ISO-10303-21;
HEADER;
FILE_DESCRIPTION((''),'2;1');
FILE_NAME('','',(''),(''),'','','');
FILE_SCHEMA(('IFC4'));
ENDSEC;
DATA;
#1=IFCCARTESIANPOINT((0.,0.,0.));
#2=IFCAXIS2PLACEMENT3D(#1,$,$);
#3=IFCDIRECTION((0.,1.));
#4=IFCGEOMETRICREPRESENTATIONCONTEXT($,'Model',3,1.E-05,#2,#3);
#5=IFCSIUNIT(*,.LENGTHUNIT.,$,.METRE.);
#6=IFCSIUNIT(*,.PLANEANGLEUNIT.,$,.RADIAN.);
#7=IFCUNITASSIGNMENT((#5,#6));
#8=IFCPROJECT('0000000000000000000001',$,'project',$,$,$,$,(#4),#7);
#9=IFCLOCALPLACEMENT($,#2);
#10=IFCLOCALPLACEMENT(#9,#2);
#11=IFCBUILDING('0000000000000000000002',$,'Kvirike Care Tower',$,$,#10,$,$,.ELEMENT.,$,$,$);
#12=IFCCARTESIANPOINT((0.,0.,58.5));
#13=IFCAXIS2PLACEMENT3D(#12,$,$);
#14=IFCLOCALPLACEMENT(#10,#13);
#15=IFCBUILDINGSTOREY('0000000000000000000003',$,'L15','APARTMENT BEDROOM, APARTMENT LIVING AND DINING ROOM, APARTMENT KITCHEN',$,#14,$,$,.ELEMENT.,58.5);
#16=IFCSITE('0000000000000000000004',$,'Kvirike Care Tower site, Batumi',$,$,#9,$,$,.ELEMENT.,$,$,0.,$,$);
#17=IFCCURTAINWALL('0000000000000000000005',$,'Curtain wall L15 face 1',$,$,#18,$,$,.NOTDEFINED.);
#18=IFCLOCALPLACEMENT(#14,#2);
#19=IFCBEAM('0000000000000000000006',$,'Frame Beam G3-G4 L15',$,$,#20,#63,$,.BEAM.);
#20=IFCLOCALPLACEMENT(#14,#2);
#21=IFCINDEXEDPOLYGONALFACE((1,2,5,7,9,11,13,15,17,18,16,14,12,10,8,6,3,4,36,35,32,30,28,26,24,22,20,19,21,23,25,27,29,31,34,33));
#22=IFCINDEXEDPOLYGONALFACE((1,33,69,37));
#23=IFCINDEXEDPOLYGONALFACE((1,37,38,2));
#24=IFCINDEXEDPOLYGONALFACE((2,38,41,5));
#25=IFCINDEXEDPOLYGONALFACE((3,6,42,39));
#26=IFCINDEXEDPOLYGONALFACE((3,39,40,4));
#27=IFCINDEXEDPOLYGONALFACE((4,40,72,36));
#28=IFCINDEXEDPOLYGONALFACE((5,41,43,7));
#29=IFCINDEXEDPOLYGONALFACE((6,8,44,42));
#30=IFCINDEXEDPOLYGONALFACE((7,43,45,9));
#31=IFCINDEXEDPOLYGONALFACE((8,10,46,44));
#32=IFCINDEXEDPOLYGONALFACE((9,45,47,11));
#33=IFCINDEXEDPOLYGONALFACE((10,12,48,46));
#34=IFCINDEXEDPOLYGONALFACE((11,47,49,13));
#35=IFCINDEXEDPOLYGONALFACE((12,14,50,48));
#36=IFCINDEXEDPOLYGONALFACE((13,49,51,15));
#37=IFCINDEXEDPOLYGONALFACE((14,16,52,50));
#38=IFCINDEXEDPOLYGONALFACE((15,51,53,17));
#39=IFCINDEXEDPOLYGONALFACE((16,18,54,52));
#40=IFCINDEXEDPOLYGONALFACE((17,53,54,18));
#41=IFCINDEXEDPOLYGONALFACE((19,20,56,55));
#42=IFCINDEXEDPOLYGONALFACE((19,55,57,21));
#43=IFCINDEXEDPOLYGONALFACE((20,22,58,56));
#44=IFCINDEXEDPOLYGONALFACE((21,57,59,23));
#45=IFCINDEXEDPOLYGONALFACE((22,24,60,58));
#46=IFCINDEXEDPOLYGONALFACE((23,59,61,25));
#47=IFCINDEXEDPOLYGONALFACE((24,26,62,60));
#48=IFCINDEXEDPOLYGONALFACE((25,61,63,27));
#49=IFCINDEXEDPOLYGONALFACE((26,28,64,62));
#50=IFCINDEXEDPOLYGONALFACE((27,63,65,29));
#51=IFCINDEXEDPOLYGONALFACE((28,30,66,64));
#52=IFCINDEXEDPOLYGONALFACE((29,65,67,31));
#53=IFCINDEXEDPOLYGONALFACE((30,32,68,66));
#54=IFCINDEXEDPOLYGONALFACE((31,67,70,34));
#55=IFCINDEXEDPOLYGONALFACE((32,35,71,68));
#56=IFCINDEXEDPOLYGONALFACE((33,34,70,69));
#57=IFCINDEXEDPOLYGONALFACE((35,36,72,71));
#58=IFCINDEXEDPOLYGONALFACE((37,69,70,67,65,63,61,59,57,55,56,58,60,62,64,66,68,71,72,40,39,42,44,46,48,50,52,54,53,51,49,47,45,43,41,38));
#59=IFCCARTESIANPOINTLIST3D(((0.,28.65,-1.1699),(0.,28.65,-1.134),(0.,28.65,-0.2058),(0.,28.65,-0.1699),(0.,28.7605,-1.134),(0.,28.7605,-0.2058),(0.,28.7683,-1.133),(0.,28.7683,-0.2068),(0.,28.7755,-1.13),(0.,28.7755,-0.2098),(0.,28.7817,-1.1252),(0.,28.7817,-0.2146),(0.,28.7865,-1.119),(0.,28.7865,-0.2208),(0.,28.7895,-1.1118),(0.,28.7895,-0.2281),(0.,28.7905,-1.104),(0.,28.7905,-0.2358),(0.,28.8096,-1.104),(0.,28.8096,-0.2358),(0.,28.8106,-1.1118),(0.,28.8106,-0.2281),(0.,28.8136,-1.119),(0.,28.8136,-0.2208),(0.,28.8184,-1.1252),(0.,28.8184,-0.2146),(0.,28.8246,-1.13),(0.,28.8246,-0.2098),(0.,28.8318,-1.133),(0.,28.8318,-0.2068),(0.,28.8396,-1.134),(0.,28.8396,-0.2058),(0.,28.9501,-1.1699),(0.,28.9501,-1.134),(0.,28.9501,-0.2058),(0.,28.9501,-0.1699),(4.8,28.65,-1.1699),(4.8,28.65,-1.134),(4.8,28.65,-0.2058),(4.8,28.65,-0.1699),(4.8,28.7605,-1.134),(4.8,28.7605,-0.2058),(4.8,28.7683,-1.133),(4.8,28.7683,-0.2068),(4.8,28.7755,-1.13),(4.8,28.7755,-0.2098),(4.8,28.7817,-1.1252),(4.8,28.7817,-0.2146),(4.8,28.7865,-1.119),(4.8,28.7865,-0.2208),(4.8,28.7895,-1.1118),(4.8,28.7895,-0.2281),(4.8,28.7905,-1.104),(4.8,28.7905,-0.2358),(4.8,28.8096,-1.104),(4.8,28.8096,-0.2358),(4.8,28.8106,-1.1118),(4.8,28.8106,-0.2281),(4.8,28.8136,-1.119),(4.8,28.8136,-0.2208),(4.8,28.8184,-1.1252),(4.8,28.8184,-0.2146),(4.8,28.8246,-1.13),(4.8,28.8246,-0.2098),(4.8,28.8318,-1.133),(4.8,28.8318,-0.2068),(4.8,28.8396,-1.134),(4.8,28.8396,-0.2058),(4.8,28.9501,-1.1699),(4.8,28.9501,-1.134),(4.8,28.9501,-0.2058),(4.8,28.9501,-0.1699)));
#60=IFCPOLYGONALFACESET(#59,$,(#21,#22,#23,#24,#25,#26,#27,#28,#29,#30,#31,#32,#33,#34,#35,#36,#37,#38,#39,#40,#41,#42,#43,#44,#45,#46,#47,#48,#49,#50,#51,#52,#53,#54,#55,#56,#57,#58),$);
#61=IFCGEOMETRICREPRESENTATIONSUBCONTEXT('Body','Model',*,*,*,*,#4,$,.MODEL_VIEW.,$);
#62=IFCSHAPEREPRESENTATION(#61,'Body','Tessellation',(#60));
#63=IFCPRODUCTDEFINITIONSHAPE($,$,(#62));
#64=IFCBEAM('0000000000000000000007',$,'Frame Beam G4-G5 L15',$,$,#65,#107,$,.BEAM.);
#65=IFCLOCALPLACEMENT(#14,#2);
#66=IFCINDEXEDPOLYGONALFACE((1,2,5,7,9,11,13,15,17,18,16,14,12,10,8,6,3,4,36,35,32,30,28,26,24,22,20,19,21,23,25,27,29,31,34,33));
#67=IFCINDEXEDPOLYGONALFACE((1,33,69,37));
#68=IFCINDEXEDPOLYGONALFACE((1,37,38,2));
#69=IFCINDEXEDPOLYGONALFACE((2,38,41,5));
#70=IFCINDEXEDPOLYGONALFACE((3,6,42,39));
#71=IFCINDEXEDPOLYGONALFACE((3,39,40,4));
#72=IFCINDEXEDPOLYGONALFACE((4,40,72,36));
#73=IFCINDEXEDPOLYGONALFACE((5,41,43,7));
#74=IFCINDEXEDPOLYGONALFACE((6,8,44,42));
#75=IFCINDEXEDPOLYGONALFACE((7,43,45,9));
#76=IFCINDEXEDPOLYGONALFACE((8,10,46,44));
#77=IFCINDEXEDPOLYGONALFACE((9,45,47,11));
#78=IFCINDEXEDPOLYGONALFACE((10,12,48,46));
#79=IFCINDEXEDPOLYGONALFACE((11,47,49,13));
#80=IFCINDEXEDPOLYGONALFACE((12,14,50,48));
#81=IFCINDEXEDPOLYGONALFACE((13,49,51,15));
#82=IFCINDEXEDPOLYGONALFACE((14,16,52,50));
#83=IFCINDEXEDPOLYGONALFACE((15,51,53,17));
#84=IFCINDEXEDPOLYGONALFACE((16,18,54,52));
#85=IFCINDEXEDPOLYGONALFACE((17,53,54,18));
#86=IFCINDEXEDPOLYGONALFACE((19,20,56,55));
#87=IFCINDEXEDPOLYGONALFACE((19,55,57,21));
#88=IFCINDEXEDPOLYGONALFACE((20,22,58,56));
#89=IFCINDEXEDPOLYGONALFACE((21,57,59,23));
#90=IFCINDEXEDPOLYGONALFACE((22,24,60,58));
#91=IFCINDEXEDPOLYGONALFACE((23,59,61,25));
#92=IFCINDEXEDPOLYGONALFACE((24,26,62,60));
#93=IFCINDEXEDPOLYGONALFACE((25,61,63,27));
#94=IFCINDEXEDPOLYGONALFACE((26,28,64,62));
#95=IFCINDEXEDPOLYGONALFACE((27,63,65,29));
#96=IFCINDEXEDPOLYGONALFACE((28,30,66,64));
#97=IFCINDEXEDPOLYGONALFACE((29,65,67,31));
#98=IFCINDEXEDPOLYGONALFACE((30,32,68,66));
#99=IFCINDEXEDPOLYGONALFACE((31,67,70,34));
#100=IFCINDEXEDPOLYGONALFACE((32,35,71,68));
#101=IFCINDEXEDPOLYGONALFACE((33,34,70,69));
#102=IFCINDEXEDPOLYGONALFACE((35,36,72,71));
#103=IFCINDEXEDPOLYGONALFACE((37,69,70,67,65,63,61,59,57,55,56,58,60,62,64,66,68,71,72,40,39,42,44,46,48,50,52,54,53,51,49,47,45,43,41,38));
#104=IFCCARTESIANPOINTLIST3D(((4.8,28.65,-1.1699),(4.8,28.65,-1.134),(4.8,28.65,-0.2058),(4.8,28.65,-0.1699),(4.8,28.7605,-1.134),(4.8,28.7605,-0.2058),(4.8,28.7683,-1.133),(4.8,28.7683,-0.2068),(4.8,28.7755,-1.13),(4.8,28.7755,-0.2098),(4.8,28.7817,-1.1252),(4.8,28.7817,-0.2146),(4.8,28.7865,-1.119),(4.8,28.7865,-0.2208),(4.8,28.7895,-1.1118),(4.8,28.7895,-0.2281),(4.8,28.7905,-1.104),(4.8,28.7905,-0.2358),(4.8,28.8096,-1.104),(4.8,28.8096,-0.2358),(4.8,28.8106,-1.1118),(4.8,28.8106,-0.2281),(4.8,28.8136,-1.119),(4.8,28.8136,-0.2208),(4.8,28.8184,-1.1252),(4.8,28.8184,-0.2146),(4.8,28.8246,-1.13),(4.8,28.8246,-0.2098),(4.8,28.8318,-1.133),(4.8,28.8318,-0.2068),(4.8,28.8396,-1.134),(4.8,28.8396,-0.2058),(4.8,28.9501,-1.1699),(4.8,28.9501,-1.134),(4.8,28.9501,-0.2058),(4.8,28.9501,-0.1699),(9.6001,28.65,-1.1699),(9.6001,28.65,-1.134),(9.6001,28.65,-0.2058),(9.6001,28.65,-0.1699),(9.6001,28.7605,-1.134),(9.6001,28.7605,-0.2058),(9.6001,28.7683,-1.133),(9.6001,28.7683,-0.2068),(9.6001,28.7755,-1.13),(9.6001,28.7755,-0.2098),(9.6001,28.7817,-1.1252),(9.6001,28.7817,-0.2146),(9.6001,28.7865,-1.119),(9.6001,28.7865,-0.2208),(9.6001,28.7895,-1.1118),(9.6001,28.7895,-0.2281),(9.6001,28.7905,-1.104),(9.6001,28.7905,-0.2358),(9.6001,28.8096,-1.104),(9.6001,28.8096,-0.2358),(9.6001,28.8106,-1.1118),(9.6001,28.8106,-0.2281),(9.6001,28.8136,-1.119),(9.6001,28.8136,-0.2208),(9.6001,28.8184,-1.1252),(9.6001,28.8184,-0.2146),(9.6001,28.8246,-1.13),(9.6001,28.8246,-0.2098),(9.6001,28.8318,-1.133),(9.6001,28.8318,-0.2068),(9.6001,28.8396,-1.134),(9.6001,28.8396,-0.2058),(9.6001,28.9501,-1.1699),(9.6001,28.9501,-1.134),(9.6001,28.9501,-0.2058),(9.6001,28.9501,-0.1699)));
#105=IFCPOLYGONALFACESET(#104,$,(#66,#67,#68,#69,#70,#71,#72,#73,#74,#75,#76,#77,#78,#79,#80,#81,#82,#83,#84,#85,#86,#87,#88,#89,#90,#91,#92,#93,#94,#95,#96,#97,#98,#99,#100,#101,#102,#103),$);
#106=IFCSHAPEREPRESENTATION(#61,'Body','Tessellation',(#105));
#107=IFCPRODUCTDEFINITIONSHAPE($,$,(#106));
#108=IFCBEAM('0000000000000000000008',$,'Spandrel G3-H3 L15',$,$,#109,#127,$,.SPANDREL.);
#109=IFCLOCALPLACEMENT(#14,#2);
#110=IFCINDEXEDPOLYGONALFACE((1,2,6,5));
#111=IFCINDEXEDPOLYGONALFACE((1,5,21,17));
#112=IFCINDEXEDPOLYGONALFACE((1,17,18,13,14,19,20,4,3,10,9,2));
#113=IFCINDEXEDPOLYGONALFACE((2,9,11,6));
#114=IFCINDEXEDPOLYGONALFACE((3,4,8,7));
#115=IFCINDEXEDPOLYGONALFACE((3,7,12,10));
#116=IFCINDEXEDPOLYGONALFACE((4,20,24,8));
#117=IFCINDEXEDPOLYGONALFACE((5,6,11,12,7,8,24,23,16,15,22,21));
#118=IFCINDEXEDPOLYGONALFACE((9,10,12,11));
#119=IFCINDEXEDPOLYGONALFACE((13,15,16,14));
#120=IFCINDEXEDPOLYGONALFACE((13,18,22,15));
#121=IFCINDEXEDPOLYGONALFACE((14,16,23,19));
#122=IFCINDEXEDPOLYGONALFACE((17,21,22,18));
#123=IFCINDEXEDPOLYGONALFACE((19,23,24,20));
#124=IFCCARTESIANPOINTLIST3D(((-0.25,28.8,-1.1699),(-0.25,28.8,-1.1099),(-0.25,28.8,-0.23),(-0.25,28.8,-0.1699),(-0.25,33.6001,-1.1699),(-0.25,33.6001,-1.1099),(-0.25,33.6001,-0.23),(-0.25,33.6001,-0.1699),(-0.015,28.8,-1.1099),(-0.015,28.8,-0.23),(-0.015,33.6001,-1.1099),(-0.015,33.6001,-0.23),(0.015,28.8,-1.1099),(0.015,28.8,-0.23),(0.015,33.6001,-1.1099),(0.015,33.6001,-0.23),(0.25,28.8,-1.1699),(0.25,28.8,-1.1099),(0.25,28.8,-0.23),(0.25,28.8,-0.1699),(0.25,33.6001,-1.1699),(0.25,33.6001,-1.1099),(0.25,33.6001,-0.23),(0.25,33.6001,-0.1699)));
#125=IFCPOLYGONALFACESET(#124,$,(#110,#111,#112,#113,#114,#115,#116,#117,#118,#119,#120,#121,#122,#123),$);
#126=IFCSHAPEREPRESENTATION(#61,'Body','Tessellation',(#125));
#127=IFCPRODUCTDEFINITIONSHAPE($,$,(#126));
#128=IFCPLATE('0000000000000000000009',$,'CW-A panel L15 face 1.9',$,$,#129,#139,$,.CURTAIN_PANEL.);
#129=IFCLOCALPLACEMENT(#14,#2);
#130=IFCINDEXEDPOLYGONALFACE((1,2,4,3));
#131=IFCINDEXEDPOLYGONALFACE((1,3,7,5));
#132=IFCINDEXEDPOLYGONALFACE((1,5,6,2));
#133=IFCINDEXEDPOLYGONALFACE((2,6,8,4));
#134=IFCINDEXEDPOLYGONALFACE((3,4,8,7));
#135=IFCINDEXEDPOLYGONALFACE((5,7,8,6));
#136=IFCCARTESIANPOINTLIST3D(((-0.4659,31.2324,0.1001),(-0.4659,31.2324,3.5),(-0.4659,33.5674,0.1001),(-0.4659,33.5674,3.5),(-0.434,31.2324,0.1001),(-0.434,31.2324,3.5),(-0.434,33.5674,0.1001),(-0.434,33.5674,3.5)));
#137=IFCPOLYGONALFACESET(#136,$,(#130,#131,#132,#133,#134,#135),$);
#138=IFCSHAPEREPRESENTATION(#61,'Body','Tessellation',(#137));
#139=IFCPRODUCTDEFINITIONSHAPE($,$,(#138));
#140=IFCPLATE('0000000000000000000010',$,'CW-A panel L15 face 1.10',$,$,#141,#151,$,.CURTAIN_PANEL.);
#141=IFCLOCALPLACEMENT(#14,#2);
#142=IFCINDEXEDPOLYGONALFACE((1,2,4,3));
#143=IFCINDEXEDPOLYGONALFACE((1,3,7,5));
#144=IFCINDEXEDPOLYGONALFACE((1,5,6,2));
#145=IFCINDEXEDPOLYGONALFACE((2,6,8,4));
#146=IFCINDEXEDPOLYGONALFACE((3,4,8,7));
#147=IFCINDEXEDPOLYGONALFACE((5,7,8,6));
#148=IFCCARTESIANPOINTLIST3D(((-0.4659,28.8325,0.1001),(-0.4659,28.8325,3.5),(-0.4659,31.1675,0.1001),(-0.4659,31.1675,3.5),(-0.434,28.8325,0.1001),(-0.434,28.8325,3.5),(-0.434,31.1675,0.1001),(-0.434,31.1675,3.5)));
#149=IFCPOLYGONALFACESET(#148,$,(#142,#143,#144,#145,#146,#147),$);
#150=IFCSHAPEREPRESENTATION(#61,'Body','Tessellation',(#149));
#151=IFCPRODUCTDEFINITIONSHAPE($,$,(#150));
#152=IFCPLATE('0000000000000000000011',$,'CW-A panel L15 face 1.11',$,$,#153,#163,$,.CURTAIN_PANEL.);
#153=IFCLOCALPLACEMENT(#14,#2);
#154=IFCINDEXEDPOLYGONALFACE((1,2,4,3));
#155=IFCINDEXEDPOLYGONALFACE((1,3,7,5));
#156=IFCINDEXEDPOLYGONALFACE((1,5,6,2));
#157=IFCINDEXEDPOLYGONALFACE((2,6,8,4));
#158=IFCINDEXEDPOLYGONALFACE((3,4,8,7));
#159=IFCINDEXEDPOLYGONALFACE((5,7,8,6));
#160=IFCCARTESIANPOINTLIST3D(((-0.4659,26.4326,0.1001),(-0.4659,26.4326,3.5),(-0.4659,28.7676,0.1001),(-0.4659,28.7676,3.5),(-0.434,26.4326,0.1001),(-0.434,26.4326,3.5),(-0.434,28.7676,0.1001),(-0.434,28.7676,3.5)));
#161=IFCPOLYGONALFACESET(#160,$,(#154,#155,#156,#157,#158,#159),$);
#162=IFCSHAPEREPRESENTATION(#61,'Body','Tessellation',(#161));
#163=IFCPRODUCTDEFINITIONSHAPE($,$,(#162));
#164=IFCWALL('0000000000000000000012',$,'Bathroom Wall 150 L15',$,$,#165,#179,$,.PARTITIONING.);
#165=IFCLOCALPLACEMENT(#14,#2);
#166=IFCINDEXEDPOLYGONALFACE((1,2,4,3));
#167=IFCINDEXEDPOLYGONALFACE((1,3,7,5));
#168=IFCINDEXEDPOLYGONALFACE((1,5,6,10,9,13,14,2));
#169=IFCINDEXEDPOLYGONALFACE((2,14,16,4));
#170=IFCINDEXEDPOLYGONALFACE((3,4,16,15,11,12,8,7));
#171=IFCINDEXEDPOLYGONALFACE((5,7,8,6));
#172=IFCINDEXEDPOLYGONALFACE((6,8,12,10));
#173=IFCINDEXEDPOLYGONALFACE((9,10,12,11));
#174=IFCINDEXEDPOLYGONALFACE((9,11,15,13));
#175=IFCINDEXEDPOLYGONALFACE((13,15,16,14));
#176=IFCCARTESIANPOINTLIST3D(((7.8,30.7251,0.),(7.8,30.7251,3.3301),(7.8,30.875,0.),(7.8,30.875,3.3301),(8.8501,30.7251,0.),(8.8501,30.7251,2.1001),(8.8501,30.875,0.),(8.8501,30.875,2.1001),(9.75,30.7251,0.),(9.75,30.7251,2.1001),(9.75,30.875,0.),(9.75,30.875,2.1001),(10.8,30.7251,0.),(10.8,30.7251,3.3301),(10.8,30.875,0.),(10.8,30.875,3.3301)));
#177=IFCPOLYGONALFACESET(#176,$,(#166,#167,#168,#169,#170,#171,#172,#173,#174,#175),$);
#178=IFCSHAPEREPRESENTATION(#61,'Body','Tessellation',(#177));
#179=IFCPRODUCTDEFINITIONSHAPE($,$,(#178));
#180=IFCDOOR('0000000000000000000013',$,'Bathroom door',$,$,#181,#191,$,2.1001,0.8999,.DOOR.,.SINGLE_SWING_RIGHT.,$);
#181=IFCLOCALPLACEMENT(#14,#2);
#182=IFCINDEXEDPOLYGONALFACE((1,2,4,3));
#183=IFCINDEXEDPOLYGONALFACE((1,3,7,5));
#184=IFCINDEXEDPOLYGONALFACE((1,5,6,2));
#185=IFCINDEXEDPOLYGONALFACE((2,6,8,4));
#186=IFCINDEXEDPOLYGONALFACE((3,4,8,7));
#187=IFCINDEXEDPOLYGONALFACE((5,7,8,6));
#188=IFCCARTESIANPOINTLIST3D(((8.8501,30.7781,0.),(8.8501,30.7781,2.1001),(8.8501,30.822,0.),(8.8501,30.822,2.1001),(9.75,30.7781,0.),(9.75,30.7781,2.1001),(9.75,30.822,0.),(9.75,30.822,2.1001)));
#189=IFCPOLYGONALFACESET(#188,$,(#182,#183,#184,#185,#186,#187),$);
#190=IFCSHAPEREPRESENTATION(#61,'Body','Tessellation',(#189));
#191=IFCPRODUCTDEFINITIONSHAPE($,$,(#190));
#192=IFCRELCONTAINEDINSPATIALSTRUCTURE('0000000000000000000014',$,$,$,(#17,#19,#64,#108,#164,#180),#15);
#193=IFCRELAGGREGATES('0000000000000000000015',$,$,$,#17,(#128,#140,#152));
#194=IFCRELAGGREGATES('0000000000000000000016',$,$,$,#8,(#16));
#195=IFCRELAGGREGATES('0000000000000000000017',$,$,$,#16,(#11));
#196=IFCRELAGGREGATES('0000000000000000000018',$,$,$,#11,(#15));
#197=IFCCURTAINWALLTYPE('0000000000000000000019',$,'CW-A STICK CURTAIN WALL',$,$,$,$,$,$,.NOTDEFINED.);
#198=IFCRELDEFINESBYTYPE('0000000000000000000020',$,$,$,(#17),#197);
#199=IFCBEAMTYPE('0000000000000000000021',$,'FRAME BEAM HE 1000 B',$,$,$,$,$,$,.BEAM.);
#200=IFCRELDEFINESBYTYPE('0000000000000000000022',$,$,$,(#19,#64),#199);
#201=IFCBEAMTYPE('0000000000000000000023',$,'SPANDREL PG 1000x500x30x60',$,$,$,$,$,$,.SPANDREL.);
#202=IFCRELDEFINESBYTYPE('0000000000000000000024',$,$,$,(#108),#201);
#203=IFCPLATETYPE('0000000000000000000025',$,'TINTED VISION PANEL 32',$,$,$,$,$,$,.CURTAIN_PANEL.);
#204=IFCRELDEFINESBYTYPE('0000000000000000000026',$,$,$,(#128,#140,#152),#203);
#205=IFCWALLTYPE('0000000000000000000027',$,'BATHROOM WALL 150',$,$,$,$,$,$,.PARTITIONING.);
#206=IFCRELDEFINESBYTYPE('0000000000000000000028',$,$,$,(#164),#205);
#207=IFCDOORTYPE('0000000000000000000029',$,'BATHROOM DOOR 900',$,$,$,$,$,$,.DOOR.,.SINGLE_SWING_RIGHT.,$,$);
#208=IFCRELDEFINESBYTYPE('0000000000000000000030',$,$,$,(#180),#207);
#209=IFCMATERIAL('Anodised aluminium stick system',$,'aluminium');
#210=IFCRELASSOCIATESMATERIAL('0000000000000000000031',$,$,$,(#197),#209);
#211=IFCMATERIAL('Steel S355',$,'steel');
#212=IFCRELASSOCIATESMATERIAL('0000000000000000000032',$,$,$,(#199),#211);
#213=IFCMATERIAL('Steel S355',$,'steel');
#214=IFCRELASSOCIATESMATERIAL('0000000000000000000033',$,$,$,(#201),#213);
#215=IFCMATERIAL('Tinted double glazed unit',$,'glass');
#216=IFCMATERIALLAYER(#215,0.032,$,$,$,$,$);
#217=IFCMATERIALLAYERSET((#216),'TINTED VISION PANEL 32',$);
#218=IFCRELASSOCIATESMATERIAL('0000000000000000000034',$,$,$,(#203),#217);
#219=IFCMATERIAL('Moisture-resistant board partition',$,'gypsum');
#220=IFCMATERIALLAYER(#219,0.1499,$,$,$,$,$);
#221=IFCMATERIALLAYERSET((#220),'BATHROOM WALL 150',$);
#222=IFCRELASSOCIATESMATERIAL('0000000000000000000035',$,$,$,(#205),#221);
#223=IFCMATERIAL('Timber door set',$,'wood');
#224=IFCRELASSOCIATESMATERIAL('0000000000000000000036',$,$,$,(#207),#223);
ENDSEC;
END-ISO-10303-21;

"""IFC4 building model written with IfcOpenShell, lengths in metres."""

from ifc_helpers import new_model, si_unit, direction, frame, frame_2d, origin, origin_2d, place, context, subcontext, project, spatial, rectangle, i_section, extrude, material, layer, layer_set, material_profile, profile_set, type_object, element, fill, aggregate, save


model = new_model("IFC4")

# Units and contexts
model_context = context("Model", 3, precision=1e-05, world=origin(), true_north=direction((0.0, 1.0)))
body_context = subcontext(model_context, "Body", "Model", "MODEL_VIEW")
ifc_project = project(units=[si_unit("LENGTHUNIT", "METRE"), si_unit("PLANEANGLEUNIT", "RADIAN")], contexts=[model_context])

# Site, building, storey
site_placement = place(None, origin())
site = spatial("IfcSite", under=ifc_project, at=site_placement, Name="Kvirike Care Tower site, Batumi", CompositionType="ELEMENT", RefElevation=0.0)
building_placement = place(site_placement, origin())
building = spatial("IfcBuilding", under=site, at=building_placement, Name="Kvirike Care Tower", CompositionType="ELEMENT")
storey_placement = place(building_placement, frame((0.0, 0.0, 58.5)))
storey = spatial("IfcBuildingStorey", under=building, at=storey_placement, Name="L15", Description="APARTMENT BEDROOM, APARTMENT LIVING AND DINING ROOM, APARTMENT KITCHEN", CompositionType="ELEMENT", Elevation=58.5)

# Curtain wall
ifc_material_1 = material(Name="Anodised aluminium stick system", Category="aluminium")
curtain_wall_type = type_object("IfcCurtainWallType", Name="CW-A STICK CURTAIN WALL", PredefinedType="NOTDEFINED", material=ifc_material_1)
curtain_wall_placement = place(storey_placement, origin())
curtain_wall = element("IfcCurtainWall", 1, at=curtain_wall_placement, inside=storey, type_object=curtain_wall_type, Name="Curtain wall L15 face 1", PredefinedType="NOTDEFINED")

# Beams
ifc_material_2 = material(Name="Steel S355", Category="steel")
ifc_material_profile_1 = material_profile(ifc_material_2, i_section(OverallWidth=0.3, OverallDepth=1.0, WebThickness=0.019, FlangeThickness=0.0359, FilletRadius=0.03, at=origin_2d()), Name="HE 1000 B")
ifc_profile_set_1 = profile_set([ifc_material_profile_1], Name="Steel S355")
beam_type_1 = type_object("IfcBeamType", Name="FRAME BEAM HE 1000 B", PredefinedType="BEAM", material=ifc_profile_set_1)
for number, where, z_axis, x_axis, name in (
    (2, (0.0, 28.8, -0.6699), (1.0, 0.0, 0.0), (0.0, 1.0, 0.0), "Frame Beam G3-G4 L15"),
    (3, (4.8, 28.8, -0.6699), (1.0, 0.0, 0.0), (0.0, 1.0, 0.0), "Frame Beam G4-G5 L15"),
):
    element("IfcBeam", number, at=place(storey_placement, frame(where, z_axis=z_axis, x_axis=x_axis)), inside=storey, type_object=beam_type_1, Name=name, PredefinedType="BEAM", context=body_context, shape_type="SweptSolid", body=[
        extrude(i_section(OverallWidth=0.3, OverallDepth=1.0, WebThickness=0.019, FlangeThickness=0.0359, FilletRadius=0.03, at=origin_2d()), origin(), (0.0, 0.0, 1.0), 4.8),
    ])
ifc_material_3 = material(Name="Steel S355", Category="steel")
ifc_material_profile_2 = material_profile(ifc_material_3, i_section(OverallWidth=0.5, OverallDepth=1.0, WebThickness=0.03, FlangeThickness=0.0601, at=origin_2d()), Name="PG 1000x500x30x60")
ifc_profile_set_2 = profile_set([ifc_material_profile_2], Name="Steel S355")
beam_type_2 = type_object("IfcBeamType", Name="SPANDREL PG 1000x500x30x60", PredefinedType="SPANDREL", material=ifc_profile_set_2)
beam_placement = place(storey_placement, frame((0.0, 28.8, -0.6699), z_axis=(0.0, 1.0, 0.0), x_axis=(-1.0, 0.0, 0.0)))
element("IfcBeam", 4, at=beam_placement, inside=storey, type_object=beam_type_2, Name="Spandrel G3-H3 L15", PredefinedType="SPANDREL", context=body_context, shape_type="SweptSolid", body=[
    extrude(i_section(OverallWidth=0.5, OverallDepth=1.0, WebThickness=0.03, FlangeThickness=0.0601, at=origin_2d()), origin(), (0.0, 0.0, 1.0), 4.8),
])

# Plates
ifc_material_4 = material(Name="Tinted double glazed unit", Category="glass")
ifc_layer_1 = layer(ifc_material_4, 0.032)
ifc_layer_set_1 = layer_set([ifc_layer_1], Name="TINTED VISION PANEL 32")
plate_type = type_object("IfcPlateType", Name="TINTED VISION PANEL 32", PredefinedType="CURTAIN_PANEL", material=ifc_layer_set_1)
plate_1_placement = place(storey_placement, frame((-0.45, 32.3999, 0.1001), z_axis=(0.0, 0.0, 1.0), x_axis=(0.0, -1.0, 0.0)))
plate_1 = element("IfcPlate", 5, at=plate_1_placement, type_object=plate_type, Name="CW-A panel L15 face 1.9", PredefinedType="CURTAIN_PANEL", context=body_context, shape_type="SweptSolid", body=[
    extrude(rectangle(XDim=2.335, YDim=0.032, at=origin_2d()), origin(), (0.0, 0.0, 1.0), 3.3999),
])
plate_2_placement = place(storey_placement, frame((-0.45, 30.0, 0.1001), z_axis=(0.0, 0.0, 1.0), x_axis=(0.0, -1.0, 0.0)))
plate_2 = element("IfcPlate", 6, at=plate_2_placement, type_object=plate_type, Name="CW-A panel L15 face 1.10", PredefinedType="CURTAIN_PANEL", context=body_context, shape_type="SweptSolid", body=[
    extrude(rectangle(XDim=2.335, YDim=0.032, at=origin_2d()), origin(), (0.0, 0.0, 1.0), 3.3999),
])
plate_3_placement = place(storey_placement, frame((-0.45, 27.6001, 0.1001), z_axis=(0.0, 0.0, 1.0), x_axis=(0.0, -1.0, 0.0)))
plate_3 = element("IfcPlate", 7, at=plate_3_placement, type_object=plate_type, Name="CW-A panel L15 face 1.11", PredefinedType="CURTAIN_PANEL", context=body_context, shape_type="SweptSolid", body=[
    extrude(rectangle(XDim=2.335, YDim=0.032, at=origin_2d()), origin(), (0.0, 0.0, 1.0), 3.3999),
])
aggregate(curtain_wall, [plate_1, plate_2, plate_3])

# Wall, opening, door
ifc_material_5 = material(Name="Moisture-resistant board partition", Category="gypsum")
ifc_layer_2 = layer(ifc_material_5, 0.1499)
ifc_layer_set_2 = layer_set([ifc_layer_2], Name="BATHROOM WALL 150")
wall_type_1 = type_object("IfcWallType", Name="BATHROOM WALL 150", PredefinedType="PARTITIONING", material=ifc_layer_set_2)
wall_1_placement = place(storey_placement, frame((7.8, 30.8, 0.0), z_axis=(0.0, 0.0, 1.0), x_axis=(1.0, 0.0, 0.0)))
wall_1 = element("IfcWall", 8, at=wall_1_placement, inside=storey, type_object=wall_type_1, Name="Bathroom Wall 150 L15", PredefinedType="PARTITIONING", context=body_context, shape_type="SweptSolid", body=[
    extrude(rectangle(XDim=3.0, YDim=0.1499, at=frame_2d((1.5, 0.0))), origin(), (0.0, 0.0, 1.0), 3.3301),
])
opening_1_placement = place(wall_1_placement, frame((1.05, 0.0, 0.0)))
opening_1 = element("IfcOpeningElement", 9, at=opening_1_placement, cuts=wall_1, PredefinedType="OPENING", context=body_context, shape_type="SweptSolid", body=[
    extrude(rectangle(XDim=0.8999, YDim=2.1001, at=frame_2d((0.45, 1.05))), frame((0.0, 0.0854, 0.0), z_axis=(0.0, -1.0, 0.0), x_axis=(1.0, 0.0, 0.0)), (0.0, 0.0, 1.0), 0.1709),
])
ifc_material_6 = material(Name="Timber door set", Category="wood")
door_type_1 = type_object("IfcDoorType", Name="BATHROOM DOOR 900", OperationType="SINGLE_SWING_RIGHT", PredefinedType="DOOR", material=ifc_material_6)
door_1_placement = place(opening_1_placement, origin())
door_1 = element("IfcDoor", 10, at=door_1_placement, inside=storey, type_object=door_type_1, Name="Bathroom door", OperationType="SINGLE_SWING_RIGHT", OverallHeight=2.1001, OverallWidth=0.8999, PredefinedType="DOOR", context=body_context, shape_type="SweptSolid", body=[
    extrude(rectangle(XDim=0.8999, YDim=2.1001, at=frame_2d((0.45, 1.05))), frame((0.0, 0.022, 0.0), z_axis=(0.0, -1.0, 0.0), x_axis=(1.0, 0.0, 0.0)), (0.0, 0.0, 1.0), 0.0439),
])
fill(opening_1, door_1)

save(model, "model.ifc")
